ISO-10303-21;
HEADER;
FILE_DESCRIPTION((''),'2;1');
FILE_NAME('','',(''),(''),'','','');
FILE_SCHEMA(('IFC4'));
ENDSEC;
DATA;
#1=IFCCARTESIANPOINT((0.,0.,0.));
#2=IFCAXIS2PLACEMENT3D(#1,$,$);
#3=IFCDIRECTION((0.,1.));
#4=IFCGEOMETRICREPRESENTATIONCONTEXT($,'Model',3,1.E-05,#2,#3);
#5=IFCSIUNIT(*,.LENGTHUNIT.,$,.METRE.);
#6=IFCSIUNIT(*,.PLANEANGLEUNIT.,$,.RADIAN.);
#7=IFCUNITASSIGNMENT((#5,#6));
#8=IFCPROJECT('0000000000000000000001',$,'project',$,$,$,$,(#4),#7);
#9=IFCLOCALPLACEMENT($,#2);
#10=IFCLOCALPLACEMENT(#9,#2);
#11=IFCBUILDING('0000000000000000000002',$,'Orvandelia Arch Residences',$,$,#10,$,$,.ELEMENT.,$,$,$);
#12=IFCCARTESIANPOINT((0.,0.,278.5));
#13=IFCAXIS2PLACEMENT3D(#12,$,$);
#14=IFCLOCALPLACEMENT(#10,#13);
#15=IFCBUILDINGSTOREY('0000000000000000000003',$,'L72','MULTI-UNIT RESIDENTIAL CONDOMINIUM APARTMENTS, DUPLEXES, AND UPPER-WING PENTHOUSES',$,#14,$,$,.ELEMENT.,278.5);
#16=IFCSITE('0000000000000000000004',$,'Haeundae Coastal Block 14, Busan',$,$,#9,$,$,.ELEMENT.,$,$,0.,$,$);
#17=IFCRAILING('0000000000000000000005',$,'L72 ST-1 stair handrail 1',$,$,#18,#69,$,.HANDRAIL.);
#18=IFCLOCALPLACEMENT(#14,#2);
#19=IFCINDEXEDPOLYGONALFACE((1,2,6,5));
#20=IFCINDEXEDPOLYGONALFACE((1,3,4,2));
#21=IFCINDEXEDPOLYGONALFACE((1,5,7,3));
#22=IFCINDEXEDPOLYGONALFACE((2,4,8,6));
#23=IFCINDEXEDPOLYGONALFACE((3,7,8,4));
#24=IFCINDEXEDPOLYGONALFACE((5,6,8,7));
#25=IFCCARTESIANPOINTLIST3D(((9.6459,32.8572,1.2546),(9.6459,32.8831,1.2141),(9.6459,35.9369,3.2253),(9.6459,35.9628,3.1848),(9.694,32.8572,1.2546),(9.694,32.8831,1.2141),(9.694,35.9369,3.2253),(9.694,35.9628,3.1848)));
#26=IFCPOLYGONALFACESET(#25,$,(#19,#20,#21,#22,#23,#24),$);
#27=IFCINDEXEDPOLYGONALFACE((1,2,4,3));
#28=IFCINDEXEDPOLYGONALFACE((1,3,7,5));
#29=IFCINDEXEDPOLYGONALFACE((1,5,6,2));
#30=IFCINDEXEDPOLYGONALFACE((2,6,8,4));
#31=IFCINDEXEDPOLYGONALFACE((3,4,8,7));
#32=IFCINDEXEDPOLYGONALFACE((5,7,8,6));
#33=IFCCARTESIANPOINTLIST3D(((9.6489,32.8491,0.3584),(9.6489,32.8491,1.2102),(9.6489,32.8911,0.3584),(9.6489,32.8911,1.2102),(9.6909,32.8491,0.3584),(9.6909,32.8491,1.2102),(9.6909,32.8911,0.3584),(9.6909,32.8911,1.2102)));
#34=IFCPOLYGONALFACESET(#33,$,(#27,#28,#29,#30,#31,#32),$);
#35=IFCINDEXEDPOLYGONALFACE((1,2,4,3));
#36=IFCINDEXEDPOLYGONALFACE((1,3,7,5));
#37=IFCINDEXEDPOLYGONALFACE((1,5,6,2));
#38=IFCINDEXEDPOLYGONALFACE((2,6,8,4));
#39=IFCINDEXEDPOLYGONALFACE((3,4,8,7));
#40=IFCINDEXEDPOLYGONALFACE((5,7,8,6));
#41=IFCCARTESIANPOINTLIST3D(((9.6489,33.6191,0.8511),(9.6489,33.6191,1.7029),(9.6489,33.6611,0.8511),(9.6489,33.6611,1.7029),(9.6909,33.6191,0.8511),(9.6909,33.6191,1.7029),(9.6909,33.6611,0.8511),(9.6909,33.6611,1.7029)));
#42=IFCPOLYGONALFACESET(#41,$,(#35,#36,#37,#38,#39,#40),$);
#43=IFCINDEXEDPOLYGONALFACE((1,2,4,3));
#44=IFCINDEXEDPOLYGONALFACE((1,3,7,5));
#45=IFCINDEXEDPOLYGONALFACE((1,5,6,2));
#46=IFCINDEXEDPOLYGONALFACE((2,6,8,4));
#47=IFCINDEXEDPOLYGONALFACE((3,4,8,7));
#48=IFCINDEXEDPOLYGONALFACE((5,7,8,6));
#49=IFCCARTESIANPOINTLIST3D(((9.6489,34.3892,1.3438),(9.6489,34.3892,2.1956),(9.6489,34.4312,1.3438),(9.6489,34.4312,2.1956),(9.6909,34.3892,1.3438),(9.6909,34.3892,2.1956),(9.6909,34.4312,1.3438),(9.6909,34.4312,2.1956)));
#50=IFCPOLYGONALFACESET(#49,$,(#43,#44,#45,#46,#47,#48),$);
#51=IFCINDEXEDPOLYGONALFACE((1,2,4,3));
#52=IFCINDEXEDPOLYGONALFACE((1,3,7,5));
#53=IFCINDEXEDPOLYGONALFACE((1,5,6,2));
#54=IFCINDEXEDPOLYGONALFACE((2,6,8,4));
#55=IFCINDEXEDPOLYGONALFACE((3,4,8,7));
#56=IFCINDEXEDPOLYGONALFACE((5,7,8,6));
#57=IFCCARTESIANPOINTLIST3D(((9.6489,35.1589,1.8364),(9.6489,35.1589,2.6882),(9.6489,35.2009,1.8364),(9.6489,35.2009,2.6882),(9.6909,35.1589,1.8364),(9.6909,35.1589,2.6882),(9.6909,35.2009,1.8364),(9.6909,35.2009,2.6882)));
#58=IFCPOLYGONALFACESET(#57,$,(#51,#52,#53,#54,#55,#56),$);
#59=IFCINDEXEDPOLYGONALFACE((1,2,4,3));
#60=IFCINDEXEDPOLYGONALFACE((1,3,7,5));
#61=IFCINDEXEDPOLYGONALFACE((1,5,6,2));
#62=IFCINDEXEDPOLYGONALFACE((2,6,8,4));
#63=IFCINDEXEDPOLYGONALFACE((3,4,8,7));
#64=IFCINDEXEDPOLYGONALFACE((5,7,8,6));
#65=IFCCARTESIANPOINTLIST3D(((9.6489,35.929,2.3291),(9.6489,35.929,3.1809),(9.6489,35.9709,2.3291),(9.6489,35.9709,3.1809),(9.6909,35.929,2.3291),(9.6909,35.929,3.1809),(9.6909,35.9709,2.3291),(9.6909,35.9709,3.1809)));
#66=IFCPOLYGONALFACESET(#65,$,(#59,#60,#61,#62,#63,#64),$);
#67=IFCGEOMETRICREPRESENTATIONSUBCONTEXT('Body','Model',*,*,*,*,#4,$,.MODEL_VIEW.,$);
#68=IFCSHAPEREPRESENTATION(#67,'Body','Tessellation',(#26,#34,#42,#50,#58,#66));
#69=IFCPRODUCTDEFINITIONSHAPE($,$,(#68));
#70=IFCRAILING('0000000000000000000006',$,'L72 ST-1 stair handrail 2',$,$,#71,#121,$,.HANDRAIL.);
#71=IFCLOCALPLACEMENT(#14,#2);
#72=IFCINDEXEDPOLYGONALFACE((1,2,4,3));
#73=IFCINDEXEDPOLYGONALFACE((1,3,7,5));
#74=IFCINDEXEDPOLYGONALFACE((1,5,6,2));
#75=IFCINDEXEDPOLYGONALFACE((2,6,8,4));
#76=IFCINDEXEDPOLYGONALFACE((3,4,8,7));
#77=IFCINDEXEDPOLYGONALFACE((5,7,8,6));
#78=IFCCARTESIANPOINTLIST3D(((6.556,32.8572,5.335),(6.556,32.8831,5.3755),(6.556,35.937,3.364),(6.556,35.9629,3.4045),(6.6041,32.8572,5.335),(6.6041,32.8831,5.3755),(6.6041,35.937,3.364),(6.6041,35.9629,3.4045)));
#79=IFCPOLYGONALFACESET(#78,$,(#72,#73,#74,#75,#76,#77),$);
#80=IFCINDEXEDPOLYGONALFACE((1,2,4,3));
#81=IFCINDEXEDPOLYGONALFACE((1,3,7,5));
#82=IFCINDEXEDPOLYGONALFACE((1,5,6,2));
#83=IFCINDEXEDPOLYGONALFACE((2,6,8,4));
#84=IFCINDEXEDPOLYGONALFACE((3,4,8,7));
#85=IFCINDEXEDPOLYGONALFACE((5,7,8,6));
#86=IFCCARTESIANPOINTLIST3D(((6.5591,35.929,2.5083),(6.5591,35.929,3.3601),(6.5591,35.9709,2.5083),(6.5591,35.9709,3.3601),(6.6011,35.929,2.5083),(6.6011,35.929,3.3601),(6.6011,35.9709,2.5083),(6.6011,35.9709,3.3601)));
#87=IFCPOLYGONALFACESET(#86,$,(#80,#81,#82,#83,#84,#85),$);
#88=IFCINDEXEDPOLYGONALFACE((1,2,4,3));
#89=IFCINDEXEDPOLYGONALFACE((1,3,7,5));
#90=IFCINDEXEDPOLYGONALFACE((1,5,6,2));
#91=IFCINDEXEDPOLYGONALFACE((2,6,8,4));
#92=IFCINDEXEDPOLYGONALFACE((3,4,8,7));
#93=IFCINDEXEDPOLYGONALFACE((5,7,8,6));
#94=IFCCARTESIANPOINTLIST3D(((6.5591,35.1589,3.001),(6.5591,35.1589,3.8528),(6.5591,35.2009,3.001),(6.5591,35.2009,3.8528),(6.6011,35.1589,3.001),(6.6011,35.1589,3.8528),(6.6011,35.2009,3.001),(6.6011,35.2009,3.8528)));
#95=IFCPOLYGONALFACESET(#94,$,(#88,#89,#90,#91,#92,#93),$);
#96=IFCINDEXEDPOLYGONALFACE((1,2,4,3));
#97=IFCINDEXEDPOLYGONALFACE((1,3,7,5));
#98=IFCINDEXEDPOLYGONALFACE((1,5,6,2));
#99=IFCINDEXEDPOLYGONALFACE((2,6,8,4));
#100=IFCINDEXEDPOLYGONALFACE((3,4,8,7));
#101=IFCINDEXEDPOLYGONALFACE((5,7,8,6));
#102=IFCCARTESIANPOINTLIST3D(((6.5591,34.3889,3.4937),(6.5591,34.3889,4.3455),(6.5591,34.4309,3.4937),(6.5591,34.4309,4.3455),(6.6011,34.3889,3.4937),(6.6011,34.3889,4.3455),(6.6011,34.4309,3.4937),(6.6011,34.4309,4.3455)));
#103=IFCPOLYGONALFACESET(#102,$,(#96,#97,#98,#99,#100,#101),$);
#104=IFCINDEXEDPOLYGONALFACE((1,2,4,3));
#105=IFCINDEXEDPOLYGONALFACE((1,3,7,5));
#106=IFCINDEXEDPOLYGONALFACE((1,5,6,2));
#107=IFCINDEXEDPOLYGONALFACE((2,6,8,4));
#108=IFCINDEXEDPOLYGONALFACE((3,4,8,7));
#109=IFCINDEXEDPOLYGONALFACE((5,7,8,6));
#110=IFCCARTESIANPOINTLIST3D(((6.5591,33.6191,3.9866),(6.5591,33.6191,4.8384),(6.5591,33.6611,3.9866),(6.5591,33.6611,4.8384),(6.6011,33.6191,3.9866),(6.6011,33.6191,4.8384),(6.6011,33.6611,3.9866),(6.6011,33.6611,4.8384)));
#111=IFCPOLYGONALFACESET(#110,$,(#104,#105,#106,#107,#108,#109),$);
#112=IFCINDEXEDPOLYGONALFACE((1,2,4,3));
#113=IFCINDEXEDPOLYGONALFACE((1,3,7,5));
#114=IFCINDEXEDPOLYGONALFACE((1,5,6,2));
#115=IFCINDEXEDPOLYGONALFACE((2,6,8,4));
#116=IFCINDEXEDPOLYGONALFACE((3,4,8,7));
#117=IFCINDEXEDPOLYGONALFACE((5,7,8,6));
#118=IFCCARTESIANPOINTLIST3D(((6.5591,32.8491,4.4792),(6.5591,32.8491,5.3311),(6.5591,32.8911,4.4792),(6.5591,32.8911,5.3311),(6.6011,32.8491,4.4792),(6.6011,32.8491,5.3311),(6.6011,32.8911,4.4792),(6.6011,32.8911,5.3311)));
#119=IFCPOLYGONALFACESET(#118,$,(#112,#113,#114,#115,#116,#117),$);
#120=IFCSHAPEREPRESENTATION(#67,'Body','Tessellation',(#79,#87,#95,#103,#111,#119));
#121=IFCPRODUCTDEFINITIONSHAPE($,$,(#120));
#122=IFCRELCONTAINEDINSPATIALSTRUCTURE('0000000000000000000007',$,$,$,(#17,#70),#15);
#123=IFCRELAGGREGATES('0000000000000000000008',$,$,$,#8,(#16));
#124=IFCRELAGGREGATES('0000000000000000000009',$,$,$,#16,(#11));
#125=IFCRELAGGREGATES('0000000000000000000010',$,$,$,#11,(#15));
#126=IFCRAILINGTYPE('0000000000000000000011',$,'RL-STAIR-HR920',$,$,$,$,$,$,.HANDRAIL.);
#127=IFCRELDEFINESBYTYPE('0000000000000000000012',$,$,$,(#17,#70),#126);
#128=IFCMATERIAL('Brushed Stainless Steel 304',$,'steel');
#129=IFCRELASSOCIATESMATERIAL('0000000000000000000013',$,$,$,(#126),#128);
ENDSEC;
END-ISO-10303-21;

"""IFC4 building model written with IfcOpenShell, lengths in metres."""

from ifc_helpers import new_model, si_unit, direction, frame, origin, origin_2d, place, context, subcontext, project, spatial, rectangle, extrude, material, type_object, element, save


model = new_model("IFC4")

# Units and contexts
model_context = context("Model", 3, precision=1e-05, world=origin(), true_north=direction((0.0, 1.0)))
body_context = subcontext(model_context, "Body", "Model", "MODEL_VIEW")
ifc_project = project(units=[si_unit("LENGTHUNIT", "METRE"), si_unit("PLANEANGLEUNIT", "RADIAN")], contexts=[model_context])

# Site, building, storey
site_placement = place(None, origin())
site = spatial("IfcSite", under=ifc_project, at=site_placement, Name="Haeundae Coastal Block 14, Busan", CompositionType="ELEMENT", RefElevation=0.0)
building_placement = place(site_placement, origin())
building = spatial("IfcBuilding", under=site, at=building_placement, Name="Orvandelia Arch Residences", CompositionType="ELEMENT")
storey_placement = place(building_placement, frame((0.0, 0.0, 278.5)))
storey = spatial("IfcBuildingStorey", under=building, at=storey_placement, Name="L72", Description="MULTI-UNIT RESIDENTIAL CONDOMINIUM APARTMENTS, DUPLEXES, AND UPPER-WING PENTHOUSES", CompositionType="ELEMENT", Elevation=278.5)

# Railings
ifc_material_1 = material(Name="Brushed Stainless Steel 304", Category="steel")
railing_type_1 = type_object("IfcRailingType", Name="RL-STAIR-HR920", PredefinedType="HANDRAIL", material=ifc_material_1)
railing_1_placement = place(storey_placement, frame((9.6699, 32.8701, 0.3584)))
element("IfcRailing", 1, at=railing_1_placement, inside=storey, type_object=railing_type_1, Name="L72 ST-1 stair handrail 1", PredefinedType="HANDRAIL", context=body_context, shape_type="SweptSolid", body=[
    extrude(rectangle(XDim=0.0481, YDim=0.0481, at=origin_2d()), frame((0.0, 0.0, 0.876), z_axis=(0.0, 0.84232, 0.538978), x_axis=(-1.0, 0.0, 0.0)), (0.0, 0.0, 1.0), 3.6562),
    extrude(rectangle(XDim=0.042, YDim=0.042, at=origin_2d()), origin(), (0.0, 0.0, 1.0), 0.8518),
    extrude(rectangle(XDim=0.042, YDim=0.042, at=origin_2d()), frame((0.0, 0.77, 0.4927)), (0.0, 0.0, 1.0), 0.8518),
    extrude(rectangle(XDim=0.042, YDim=0.042, at=origin_2d()), frame((0.0, 1.54, 0.9854)), (0.0, 0.0, 1.0), 0.8518),
    extrude(rectangle(XDim=0.042, YDim=0.042, at=origin_2d()), frame((0.0, 2.3098, 1.478)), (0.0, 0.0, 1.0), 0.8518),
    extrude(rectangle(XDim=0.042, YDim=0.042, at=origin_2d()), frame((0.0, 3.0798, 1.9707)), (0.0, 0.0, 1.0), 0.8518),
])
railing_2_placement = place(storey_placement, frame((6.5801, 35.95, 2.5083)))
element("IfcRailing", 2, at=railing_2_placement, inside=storey, type_object=railing_type_1, Name="L72 ST-1 stair handrail 2", PredefinedType="HANDRAIL", context=body_context, shape_type="SweptSolid", body=[
    extrude(rectangle(XDim=0.0481, YDim=0.0481, at=origin_2d()), frame((0.0, 0.0, 0.876), z_axis=(0.0, -0.84229, 0.539025), x_axis=(1.0, 0.0, 0.0)), (0.0, 0.0, 1.0), 3.6565),
    extrude(rectangle(XDim=0.042, YDim=0.042, at=origin_2d()), origin(), (0.0, 0.0, 1.0), 0.8518),
    extrude(rectangle(XDim=0.042, YDim=0.042, at=origin_2d()), frame((0.0, -0.77, 0.4927)), (0.0, 0.0, 1.0), 0.8518),
    extrude(rectangle(XDim=0.042, YDim=0.042, at=origin_2d()), frame((0.0, -1.54, 0.9854)), (0.0, 0.0, 1.0), 0.8518),
    extrude(rectangle(XDim=0.042, YDim=0.042, at=origin_2d()), frame((0.0, -2.3098, 1.4783)), (0.0, 0.0, 1.0), 0.8518),
    extrude(rectangle(XDim=0.042, YDim=0.042, at=origin_2d()), frame((0.0, -3.0798, 1.9709)), (0.0, 0.0, 1.0), 0.8518),
])

save(model, "model.ifc")
